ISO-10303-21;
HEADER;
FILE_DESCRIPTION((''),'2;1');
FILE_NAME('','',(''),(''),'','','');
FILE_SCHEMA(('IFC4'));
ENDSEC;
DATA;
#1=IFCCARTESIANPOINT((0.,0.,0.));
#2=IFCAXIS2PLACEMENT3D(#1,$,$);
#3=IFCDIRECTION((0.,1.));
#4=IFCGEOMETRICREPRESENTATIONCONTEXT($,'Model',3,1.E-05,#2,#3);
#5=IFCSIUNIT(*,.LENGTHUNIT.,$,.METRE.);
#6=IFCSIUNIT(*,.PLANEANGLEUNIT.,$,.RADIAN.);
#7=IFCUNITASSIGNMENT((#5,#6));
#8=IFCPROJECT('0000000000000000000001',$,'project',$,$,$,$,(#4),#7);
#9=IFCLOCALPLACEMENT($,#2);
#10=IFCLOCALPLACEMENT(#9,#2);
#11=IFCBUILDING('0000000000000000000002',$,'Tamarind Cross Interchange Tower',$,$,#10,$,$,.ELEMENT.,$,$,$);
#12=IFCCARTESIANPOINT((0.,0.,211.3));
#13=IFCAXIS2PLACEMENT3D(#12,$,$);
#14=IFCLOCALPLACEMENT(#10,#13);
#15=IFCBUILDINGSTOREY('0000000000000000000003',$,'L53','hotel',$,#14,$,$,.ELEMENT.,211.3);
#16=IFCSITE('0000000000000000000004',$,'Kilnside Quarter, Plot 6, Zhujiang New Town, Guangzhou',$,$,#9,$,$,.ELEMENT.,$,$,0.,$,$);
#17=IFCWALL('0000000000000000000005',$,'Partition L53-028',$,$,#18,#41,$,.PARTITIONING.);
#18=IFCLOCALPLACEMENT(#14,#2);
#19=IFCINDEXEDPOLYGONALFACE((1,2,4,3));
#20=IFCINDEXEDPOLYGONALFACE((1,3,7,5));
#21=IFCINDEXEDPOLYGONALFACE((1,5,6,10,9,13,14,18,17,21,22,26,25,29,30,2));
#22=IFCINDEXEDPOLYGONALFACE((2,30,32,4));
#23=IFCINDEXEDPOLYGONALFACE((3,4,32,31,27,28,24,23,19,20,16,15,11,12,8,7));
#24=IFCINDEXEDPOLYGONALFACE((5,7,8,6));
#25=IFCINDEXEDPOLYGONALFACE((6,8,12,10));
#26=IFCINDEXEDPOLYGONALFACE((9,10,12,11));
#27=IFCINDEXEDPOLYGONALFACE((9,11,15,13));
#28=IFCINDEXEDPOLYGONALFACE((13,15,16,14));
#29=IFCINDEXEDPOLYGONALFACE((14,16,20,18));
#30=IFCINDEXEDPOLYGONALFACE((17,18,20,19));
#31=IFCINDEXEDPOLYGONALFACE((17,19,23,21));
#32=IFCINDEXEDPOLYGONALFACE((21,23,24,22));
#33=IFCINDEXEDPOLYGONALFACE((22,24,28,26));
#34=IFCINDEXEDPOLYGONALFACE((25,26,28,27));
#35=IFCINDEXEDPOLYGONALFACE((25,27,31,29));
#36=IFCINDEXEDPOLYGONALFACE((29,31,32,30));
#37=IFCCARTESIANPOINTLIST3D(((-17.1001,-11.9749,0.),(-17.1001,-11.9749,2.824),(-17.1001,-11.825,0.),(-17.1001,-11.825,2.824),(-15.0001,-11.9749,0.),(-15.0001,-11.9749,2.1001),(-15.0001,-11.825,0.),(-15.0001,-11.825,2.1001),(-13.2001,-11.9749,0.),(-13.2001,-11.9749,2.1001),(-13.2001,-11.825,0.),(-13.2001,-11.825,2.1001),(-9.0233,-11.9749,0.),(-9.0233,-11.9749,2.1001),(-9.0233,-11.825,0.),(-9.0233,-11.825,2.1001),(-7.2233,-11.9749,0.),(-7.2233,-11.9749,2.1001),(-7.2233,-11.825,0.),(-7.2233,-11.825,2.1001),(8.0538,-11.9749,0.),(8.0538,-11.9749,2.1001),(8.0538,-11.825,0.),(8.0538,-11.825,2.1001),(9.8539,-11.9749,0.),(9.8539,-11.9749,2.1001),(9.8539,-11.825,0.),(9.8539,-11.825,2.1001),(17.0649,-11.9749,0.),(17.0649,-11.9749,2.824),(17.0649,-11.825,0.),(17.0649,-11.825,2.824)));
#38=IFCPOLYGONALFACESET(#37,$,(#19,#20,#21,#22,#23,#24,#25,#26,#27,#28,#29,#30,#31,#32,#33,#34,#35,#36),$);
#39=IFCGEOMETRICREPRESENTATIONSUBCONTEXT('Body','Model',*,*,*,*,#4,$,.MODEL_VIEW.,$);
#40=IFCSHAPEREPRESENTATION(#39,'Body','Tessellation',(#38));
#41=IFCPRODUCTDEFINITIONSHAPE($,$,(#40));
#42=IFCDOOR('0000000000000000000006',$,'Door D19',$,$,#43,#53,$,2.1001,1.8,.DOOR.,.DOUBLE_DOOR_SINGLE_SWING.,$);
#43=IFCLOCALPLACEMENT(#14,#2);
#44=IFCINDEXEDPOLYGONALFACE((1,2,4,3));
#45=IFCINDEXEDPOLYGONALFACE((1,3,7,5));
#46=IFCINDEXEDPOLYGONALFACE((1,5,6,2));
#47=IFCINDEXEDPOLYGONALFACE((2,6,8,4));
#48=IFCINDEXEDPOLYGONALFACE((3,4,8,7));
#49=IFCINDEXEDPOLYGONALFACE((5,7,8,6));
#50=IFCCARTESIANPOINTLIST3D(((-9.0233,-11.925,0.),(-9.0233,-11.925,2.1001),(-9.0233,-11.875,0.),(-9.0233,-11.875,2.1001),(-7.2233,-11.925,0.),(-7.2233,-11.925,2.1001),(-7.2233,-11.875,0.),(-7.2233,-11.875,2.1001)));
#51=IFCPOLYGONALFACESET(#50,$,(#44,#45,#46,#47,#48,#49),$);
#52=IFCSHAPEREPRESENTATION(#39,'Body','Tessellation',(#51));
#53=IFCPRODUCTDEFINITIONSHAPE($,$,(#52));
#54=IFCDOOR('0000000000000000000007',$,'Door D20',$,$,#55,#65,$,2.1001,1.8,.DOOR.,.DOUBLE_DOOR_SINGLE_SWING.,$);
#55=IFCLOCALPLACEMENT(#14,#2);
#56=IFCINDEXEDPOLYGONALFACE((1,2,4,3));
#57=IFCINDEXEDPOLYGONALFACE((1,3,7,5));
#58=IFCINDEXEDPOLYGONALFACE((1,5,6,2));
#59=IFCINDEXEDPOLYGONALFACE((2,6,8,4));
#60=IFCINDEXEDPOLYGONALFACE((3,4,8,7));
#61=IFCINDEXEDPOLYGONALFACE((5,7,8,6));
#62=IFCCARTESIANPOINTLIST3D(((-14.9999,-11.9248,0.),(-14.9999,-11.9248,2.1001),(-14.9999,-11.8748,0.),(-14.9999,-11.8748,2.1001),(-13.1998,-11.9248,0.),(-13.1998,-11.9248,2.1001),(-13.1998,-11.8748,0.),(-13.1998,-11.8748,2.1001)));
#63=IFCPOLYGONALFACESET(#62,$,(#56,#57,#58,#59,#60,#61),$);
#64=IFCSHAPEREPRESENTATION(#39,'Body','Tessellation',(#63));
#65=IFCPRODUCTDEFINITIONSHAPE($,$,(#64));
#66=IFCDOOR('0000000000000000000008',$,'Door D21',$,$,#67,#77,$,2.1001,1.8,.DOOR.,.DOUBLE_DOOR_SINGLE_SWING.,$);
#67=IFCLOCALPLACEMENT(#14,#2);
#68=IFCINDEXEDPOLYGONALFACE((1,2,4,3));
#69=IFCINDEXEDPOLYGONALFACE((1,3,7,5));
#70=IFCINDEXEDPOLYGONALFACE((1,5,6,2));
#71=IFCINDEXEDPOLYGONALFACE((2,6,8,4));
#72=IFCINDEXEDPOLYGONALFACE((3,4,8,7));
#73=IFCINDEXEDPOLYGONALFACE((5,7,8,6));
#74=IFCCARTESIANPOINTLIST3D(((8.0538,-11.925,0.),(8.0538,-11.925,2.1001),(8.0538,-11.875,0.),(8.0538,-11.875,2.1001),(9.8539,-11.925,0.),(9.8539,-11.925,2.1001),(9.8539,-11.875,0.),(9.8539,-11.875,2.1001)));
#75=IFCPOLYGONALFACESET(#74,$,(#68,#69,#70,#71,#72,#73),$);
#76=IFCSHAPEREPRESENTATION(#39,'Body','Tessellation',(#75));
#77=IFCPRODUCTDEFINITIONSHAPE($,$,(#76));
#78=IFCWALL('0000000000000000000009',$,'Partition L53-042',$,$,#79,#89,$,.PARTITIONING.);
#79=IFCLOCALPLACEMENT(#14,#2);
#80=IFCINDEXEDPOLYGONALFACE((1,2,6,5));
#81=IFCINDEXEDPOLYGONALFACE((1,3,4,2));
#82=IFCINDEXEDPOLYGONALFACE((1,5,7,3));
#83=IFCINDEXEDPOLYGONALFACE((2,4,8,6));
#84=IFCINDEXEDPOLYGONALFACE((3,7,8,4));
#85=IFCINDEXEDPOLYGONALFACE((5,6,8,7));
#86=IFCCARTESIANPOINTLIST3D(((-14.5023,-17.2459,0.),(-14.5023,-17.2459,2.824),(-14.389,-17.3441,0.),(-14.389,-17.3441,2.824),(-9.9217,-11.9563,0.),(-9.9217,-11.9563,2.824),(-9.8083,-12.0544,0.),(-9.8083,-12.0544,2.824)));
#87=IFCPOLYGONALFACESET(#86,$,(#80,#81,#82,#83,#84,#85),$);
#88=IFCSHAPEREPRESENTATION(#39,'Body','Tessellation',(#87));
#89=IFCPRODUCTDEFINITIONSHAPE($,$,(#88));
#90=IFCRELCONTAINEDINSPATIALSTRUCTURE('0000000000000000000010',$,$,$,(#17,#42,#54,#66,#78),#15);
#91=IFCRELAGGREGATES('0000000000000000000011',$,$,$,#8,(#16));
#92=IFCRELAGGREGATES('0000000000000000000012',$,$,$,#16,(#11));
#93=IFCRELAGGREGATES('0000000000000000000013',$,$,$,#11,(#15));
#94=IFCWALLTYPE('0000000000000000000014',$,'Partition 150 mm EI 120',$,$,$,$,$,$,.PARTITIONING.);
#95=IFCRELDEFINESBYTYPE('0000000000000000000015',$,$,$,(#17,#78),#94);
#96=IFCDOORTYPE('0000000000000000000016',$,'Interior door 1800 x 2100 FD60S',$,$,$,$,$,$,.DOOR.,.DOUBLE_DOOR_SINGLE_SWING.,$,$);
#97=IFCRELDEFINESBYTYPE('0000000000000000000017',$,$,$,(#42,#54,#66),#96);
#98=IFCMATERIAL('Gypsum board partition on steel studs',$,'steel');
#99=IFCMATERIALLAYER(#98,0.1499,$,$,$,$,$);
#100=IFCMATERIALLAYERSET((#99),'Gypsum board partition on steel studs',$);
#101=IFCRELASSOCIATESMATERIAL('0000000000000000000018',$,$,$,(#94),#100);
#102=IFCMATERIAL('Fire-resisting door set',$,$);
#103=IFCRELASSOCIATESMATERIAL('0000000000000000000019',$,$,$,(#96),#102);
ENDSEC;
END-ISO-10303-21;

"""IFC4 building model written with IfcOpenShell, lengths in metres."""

from ifc_helpers import new_model, si_unit, direction, frame, frame_2d, origin, place, context, subcontext, project, spatial, rectangle, extrude, material, layer, layer_set, type_object, element, fill, save


model = new_model("IFC4")

# Units and contexts
model_context = context("Model", 3, precision=1e-05, world=origin(), true_north=direction((0.0, 1.0)))
body_context = subcontext(model_context, "Body", "Model", "MODEL_VIEW")
ifc_project = project(units=[si_unit("LENGTHUNIT", "METRE"), si_unit("PLANEANGLEUNIT", "RADIAN")], contexts=[model_context])

# Site, building, storey
site_placement = place(None, origin())
site = spatial("IfcSite", under=ifc_project, at=site_placement, Name="Kilnside Quarter, Plot 6, Zhujiang New Town, Guangzhou", CompositionType="ELEMENT", RefElevation=0.0)
building_placement = place(site_placement, origin())
building = spatial("IfcBuilding", under=site, at=building_placement, Name="Tamarind Cross Interchange Tower", CompositionType="ELEMENT")
storey_placement = place(building_placement, frame((0.0, 0.0, 211.3)))
storey = spatial("IfcBuildingStorey", under=building, at=storey_placement, Name="L53", Description="hotel", CompositionType="ELEMENT", Elevation=211.3)

# Shared definitions
ifc_material_1 = material(Name="Gypsum board partition on steel studs", Category="steel")
ifc_layer_1 = layer(ifc_material_1, 0.1499)
ifc_layer_set_1 = layer_set([ifc_layer_1], Name="Gypsum board partition on steel studs")
wall_type_1 = type_object("IfcWallType", Name="Partition 150 mm EI 120", PredefinedType="PARTITIONING", material=ifc_layer_set_1)
ifc_material_2 = material(Name="Fire-resisting door set")
door_type_1 = type_object("IfcDoorType", Name="Interior door 1800 x 2100 FD60S", OperationType="DOUBLE_DOOR_SINGLE_SWING", PredefinedType="DOOR", material=ifc_material_2)

# Wall, openings, doors
wall_1_placement = place(storey_placement, frame((-17.1001, -11.8999, 0.0), z_axis=(0.0, 0.0, 1.0), x_axis=(1.0, 0.0, 0.0)))
wall_1 = element("IfcWall", 1, at=wall_1_placement, inside=storey, type_object=wall_type_1, Name="Partition L53-028", PredefinedType="PARTITIONING", context=body_context, shape_type="SweptSolid", body=[
    extrude(rectangle(XDim=34.165, YDim=0.1499, at=frame_2d((17.0825, 0.0))), origin(), (0.0, 0.0, 1.0), 2.824),
])
opening_1_placement = place(wall_1_placement, frame((8.0769, 0.0, 0.0)))
opening_1 = element("IfcOpeningElement", 2, at=opening_1_placement, cuts=wall_1, PredefinedType="OPENING", context=body_context, shape_type="SweptSolid", body=[
    extrude(rectangle(XDim=1.8, YDim=2.1001, at=frame_2d((0.8999, 1.05))), frame((0.0, 0.085, 0.0), z_axis=(0.0, -1.0, 0.0), x_axis=(1.0, 0.0, 0.0)), (0.0, 0.0, 1.0), 0.1699),
])
opening_2_placement = place(wall_1_placement, frame((2.1001, 0.0, 0.0)))
opening_2 = element("IfcOpeningElement", 3, at=opening_2_placement, cuts=wall_1, PredefinedType="OPENING", context=body_context, shape_type="SweptSolid", body=[
    extrude(rectangle(XDim=1.8, YDim=2.1001, at=frame_2d((0.8999, 1.05))), frame((0.0, 0.085, 0.0), z_axis=(0.0, -1.0, 0.0), x_axis=(1.0, 0.0, 0.0)), (0.0, 0.0, 1.0), 0.1699),
])
opening_3_placement = place(wall_1_placement, frame((25.1541, 0.0, 0.0)))
opening_3 = element("IfcOpeningElement", 4, at=opening_3_placement, cuts=wall_1, PredefinedType="OPENING", context=body_context, shape_type="SweptSolid", body=[
    extrude(rectangle(XDim=1.8, YDim=2.1001, at=frame_2d((0.8999, 1.05))), frame((0.0, 0.085, 0.0), z_axis=(0.0, -1.0, 0.0), x_axis=(1.0, 0.0, 0.0)), (0.0, 0.0, 1.0), 0.1699),
])
door_1_placement = place(opening_1_placement, origin())
door_1 = element("IfcDoor", 5, at=door_1_placement, inside=storey, type_object=door_type_1, Name="Door D19", OperationType="DOUBLE_DOOR_SINGLE_SWING", OverallHeight=2.1001, OverallWidth=1.8, PredefinedType="DOOR", context=body_context, shape_type="SweptSolid", body=[
    extrude(rectangle(XDim=1.8, YDim=2.1001, at=frame_2d((0.8999, 1.05))), frame((0.0, 0.0249, 0.0), z_axis=(0.0, -1.0, 0.0), x_axis=(1.0, 0.0, 0.0)), (0.0, 0.0, 1.0), 0.05),
])
fill(opening_1, door_1)
door_2_placement = place(opening_2_placement, frame((1.8, 0.0, 0.0), z_axis=(0.0, 0.0, 1.0), x_axis=(-1.0, 0.0, 0.0)))
door_2 = element("IfcDoor", 6, at=door_2_placement, inside=storey, type_object=door_type_1, Name="Door D20", OperationType="DOUBLE_DOOR_SINGLE_SWING", OverallHeight=2.1001, OverallWidth=1.8, PredefinedType="DOOR", context=body_context, shape_type="SweptSolid", body=[
    extrude(rectangle(XDim=1.8, YDim=2.1001, at=frame_2d((0.8999, 1.05))), frame((0.0, 0.0249, 0.0), z_axis=(0.0, -1.0, 0.0), x_axis=(1.0, 0.0, 0.0)), (0.0, 0.0, 1.0), 0.05),
])
fill(opening_2, door_2)
door_3_placement = place(opening_3_placement, origin())
door_3 = element("IfcDoor", 7, at=door_3_placement, inside=storey, type_object=door_type_1, Name="Door D21", OperationType="DOUBLE_DOOR_SINGLE_SWING", OverallHeight=2.1001, OverallWidth=1.8, PredefinedType="DOOR", context=body_context, shape_type="SweptSolid", body=[
    extrude(rectangle(XDim=1.8, YDim=2.1001, at=frame_2d((0.8999, 1.05))), frame((0.0, 0.0249, 0.0), z_axis=(0.0, -1.0, 0.0), x_axis=(1.0, 0.0, 0.0)), (0.0, 0.0, 1.0), 0.05),
])
fill(opening_3, door_3)

# Wall
wall_2_placement = place(storey_placement, frame((-14.4456, -17.2949, 0.0), z_axis=(0.0, 0.0, 1.0), x_axis=(0.654628, 0.755952, 0.0)))
element("IfcWall", 8, at=wall_2_placement, inside=storey, type_object=wall_type_1, Name="Partition L53-042", PredefinedType="PARTITIONING", context=body_context, shape_type="SweptSolid", body=[
    extrude(rectangle(XDim=6.9973, YDim=0.1499, at=frame_2d((3.4985, 0.0))), origin(), (0.0, 0.0, 1.0), 2.824),
])

save(model, "model.ifc")
